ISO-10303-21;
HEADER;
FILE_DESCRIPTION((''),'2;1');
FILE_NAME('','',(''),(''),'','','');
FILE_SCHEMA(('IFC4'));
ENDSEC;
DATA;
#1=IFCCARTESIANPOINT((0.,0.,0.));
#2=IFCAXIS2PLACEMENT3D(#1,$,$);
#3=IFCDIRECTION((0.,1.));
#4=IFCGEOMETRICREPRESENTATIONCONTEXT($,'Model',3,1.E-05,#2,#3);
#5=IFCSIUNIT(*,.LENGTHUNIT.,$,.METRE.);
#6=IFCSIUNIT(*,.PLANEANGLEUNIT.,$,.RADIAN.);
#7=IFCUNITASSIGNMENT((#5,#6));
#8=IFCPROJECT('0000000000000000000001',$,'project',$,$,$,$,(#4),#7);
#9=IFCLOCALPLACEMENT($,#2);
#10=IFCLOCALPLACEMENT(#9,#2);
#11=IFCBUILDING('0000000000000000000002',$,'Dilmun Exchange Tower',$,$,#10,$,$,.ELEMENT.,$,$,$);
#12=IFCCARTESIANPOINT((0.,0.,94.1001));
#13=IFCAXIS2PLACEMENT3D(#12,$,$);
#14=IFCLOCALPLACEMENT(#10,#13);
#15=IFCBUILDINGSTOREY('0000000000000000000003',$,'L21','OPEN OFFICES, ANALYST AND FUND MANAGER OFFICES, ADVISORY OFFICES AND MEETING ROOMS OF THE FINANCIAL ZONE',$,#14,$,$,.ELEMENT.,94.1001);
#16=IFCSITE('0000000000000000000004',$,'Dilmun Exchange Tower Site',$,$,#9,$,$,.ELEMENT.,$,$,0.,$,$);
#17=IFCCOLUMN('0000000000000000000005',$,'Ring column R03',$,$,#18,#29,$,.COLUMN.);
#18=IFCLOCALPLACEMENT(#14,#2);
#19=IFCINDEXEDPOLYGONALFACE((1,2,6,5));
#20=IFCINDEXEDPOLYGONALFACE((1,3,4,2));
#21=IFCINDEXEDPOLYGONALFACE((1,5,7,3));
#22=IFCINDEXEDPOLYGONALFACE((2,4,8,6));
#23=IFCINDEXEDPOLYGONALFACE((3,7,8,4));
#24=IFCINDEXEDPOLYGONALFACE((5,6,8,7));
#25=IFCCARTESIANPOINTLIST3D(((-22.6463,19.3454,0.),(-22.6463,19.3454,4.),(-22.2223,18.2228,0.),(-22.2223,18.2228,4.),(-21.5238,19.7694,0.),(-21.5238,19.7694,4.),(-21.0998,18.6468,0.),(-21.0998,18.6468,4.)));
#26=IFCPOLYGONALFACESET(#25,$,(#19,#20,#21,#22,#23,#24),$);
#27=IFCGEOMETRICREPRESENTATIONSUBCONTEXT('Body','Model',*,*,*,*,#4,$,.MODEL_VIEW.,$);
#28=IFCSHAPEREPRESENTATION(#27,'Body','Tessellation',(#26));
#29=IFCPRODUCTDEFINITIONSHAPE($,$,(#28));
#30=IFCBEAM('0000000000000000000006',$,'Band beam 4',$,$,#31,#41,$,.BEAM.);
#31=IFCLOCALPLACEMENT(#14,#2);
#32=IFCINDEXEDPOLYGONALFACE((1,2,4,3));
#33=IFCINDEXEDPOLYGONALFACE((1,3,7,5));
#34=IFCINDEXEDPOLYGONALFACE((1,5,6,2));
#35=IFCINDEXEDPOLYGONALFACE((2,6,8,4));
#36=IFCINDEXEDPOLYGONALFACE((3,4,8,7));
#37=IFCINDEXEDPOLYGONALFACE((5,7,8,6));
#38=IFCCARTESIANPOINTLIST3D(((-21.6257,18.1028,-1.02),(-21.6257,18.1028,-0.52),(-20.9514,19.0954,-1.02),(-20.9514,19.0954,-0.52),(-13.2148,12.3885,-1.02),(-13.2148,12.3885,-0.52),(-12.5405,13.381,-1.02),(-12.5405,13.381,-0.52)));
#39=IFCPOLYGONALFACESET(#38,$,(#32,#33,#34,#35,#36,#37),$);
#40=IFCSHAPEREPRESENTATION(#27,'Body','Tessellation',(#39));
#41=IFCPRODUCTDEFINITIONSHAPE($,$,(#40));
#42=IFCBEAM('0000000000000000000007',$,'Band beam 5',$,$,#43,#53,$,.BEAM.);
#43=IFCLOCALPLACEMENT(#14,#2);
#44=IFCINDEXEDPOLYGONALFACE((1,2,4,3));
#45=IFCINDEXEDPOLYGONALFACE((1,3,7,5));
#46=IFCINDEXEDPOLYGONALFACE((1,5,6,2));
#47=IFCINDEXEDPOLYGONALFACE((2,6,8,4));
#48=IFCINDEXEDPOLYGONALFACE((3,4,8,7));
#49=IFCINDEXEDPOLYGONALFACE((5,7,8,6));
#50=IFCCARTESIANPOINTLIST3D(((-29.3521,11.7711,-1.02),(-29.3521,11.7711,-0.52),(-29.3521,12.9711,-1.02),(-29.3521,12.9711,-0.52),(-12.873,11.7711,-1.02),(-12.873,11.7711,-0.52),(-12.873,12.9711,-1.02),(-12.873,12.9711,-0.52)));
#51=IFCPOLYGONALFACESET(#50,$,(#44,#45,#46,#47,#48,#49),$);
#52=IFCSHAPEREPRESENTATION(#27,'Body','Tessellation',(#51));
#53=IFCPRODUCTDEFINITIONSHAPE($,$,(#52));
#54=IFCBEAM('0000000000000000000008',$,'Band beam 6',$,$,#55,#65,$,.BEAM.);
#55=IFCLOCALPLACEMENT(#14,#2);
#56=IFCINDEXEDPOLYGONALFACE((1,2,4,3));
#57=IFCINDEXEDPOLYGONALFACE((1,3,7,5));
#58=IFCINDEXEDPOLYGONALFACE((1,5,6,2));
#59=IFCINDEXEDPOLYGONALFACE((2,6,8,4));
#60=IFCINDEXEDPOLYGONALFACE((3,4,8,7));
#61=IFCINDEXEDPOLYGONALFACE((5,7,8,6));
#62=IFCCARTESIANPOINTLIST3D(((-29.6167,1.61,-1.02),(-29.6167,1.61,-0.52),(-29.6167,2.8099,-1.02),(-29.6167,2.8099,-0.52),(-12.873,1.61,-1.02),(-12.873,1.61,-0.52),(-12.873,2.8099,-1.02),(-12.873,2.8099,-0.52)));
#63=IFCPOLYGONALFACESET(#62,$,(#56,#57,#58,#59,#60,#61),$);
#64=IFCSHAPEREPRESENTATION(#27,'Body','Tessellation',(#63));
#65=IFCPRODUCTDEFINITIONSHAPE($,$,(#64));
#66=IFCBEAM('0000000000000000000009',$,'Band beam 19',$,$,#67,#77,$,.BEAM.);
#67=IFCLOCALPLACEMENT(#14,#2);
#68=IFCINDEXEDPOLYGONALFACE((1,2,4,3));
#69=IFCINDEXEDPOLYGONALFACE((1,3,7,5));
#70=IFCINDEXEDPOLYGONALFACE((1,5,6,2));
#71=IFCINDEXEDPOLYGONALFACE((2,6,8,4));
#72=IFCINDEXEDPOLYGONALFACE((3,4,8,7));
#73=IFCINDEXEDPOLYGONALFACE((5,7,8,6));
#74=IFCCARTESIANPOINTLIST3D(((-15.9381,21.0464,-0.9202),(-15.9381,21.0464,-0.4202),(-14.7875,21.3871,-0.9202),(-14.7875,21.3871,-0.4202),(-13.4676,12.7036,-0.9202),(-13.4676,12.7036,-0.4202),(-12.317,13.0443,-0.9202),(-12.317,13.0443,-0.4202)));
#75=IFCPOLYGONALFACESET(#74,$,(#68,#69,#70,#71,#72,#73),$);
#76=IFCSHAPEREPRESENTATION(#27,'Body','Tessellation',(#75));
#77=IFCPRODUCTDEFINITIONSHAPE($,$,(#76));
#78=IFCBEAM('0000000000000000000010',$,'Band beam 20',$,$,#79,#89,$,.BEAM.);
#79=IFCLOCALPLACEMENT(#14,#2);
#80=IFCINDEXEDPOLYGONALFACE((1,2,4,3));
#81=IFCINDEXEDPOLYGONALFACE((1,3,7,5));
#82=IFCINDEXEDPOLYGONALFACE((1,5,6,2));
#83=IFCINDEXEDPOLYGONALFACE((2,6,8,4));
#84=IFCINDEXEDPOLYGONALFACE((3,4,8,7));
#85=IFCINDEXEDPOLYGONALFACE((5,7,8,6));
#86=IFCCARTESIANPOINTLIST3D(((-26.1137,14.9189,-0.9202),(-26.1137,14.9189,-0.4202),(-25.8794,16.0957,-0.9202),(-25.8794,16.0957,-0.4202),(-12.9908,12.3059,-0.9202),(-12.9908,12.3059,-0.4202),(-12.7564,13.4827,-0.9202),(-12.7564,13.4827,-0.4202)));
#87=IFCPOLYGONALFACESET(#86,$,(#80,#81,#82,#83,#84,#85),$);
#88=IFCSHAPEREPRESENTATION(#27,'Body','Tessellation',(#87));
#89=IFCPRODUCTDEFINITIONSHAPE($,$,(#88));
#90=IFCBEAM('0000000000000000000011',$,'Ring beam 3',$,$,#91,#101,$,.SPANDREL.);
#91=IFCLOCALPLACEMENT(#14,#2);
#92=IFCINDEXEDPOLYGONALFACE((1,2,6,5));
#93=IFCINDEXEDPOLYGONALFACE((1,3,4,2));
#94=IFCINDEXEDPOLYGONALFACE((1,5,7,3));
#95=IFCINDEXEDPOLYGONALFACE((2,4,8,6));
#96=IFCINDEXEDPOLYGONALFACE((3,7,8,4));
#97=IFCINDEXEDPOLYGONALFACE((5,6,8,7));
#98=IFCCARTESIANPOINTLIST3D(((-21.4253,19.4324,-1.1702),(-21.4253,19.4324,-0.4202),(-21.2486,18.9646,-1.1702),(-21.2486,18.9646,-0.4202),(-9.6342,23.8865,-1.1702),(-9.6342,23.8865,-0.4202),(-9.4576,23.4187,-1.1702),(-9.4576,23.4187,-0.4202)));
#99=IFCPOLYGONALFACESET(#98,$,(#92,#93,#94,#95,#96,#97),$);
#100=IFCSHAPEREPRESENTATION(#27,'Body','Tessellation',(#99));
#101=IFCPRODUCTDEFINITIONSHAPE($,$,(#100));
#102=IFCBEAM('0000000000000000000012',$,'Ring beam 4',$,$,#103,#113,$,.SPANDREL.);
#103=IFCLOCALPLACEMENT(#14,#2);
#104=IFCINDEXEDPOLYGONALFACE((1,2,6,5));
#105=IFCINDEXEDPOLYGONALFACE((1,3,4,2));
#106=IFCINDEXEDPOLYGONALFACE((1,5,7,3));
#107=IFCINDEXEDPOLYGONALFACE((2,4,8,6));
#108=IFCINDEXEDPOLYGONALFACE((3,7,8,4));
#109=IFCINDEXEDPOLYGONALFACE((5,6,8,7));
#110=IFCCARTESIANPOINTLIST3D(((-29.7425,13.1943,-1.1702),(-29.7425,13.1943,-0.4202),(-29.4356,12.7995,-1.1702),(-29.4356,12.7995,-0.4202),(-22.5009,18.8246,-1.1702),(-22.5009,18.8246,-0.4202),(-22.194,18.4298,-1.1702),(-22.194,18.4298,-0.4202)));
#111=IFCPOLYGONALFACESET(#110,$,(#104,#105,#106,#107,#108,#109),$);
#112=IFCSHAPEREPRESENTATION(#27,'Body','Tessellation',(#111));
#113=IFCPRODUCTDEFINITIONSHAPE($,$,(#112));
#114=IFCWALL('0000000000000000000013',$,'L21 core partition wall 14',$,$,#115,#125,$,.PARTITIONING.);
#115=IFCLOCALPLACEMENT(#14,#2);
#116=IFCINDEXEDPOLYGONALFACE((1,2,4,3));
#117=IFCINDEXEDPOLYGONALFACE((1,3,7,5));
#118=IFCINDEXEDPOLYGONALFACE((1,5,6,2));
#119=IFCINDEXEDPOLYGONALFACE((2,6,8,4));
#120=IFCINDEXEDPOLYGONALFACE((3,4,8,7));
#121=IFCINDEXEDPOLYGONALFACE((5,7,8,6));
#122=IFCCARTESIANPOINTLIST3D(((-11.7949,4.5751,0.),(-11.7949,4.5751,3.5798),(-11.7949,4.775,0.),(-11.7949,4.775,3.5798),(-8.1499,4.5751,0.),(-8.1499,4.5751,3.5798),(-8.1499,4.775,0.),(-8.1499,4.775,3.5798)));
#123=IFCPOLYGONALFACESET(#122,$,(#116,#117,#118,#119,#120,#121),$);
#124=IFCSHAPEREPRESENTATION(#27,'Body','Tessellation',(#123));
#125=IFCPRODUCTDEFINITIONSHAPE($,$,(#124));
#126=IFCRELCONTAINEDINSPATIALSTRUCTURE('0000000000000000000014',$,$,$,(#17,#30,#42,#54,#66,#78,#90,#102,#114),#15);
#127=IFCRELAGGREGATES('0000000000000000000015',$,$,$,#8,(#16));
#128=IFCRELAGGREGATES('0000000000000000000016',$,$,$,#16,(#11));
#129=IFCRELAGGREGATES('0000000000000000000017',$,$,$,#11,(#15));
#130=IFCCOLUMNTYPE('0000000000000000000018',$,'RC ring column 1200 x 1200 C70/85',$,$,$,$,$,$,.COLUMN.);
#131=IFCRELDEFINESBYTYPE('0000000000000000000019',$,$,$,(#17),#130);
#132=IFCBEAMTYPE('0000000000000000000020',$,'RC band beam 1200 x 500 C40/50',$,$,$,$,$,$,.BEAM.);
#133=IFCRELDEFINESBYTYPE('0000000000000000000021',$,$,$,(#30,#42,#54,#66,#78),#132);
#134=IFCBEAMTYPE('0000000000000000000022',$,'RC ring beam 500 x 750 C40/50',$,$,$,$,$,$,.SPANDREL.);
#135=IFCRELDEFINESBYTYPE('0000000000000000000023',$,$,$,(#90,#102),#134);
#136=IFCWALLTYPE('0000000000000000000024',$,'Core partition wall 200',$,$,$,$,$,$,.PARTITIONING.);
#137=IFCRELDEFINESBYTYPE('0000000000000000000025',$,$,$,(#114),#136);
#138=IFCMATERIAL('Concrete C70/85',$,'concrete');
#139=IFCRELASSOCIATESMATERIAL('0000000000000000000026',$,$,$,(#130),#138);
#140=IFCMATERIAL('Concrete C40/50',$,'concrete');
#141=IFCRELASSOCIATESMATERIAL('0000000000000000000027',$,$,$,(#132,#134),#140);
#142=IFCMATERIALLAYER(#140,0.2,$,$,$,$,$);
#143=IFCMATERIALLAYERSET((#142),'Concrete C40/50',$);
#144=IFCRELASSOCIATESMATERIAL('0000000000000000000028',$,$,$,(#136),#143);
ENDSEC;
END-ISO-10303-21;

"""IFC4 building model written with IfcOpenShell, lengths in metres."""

from ifc_helpers import new_model, si_unit, direction, frame, frame_2d, origin, origin_2d, place, context, subcontext, project, spatial, rectangle, extrude, material, layer, layer_set, material_profile, profile_set, type_object, element, save


model = new_model("IFC4")

# Units and contexts
model_context = context("Model", 3, precision=1e-05, world=origin(), true_north=direction((0.0, 1.0)))
body_context = subcontext(model_context, "Body", "Model", "MODEL_VIEW")
ifc_project = project(units=[si_unit("LENGTHUNIT", "METRE"), si_unit("PLANEANGLEUNIT", "RADIAN")], contexts=[model_context])

# Site, building, storey
site_placement = place(None, origin())
site = spatial("IfcSite", under=ifc_project, at=site_placement, Name="Dilmun Exchange Tower Site", CompositionType="ELEMENT", RefElevation=0.0)
building_placement = place(site_placement, origin())
building = spatial("IfcBuilding", under=site, at=building_placement, Name="Dilmun Exchange Tower", CompositionType="ELEMENT")
storey_placement = place(building_placement, frame((0.0, 0.0, 94.1001)))
storey = spatial("IfcBuildingStorey", under=building, at=storey_placement, Name="L21", Description="OPEN OFFICES, ANALYST AND FUND MANAGER OFFICES, ADVISORY OFFICES AND MEETING ROOMS OF THE FINANCIAL ZONE", CompositionType="ELEMENT", Elevation=94.1001)

# Column
ifc_material_1 = material(Name="Concrete C70/85", Category="concrete")
ifc_material_profile_1 = material_profile(ifc_material_1, rectangle(XDim=1.2, YDim=1.2, at=origin_2d()), Name="1200 x 1200")
ifc_profile_set_1 = profile_set([ifc_material_profile_1], Name="Concrete C70/85")
column_type = type_object("IfcColumnType", Name="RC ring column 1200 x 1200 C70/85", PredefinedType="COLUMN", material=ifc_profile_set_1)
column_placement = place(storey_placement, frame((-21.873, 18.9961, 0.0), z_axis=(0.0, 0.0, 1.0), x_axis=(0.935492, 0.353349, 0.0)))
element("IfcColumn", 1, at=column_placement, inside=storey, type_object=column_type, Name="Ring column R03", PredefinedType="COLUMN", context=body_context, shape_type="SweptSolid", body=[
    extrude(rectangle(XDim=1.2, YDim=1.2, at=origin_2d()), origin(), (0.0, 0.0, 1.0), 4.0),
])

# Beams
ifc_material_2 = material(Name="Concrete C40/50", Category="concrete")
ifc_material_profile_2 = material_profile(ifc_material_2, rectangle(XDim=1.2, YDim=0.5, at=origin_2d()), Name="1200 x 500")
ifc_profile_set_2 = profile_set([ifc_material_profile_2], Name="Concrete C40/50")
beam_type_1 = type_object("IfcBeamType", Name="RC band beam 1200 x 500 C40/50", PredefinedType="BEAM", material=ifc_profile_set_2)
beam_1_placement = place(storey_placement, frame((-21.2886, 18.5991, -0.77), z_axis=(0.827157, -0.56197, 0.0), x_axis=(0.56197, 0.827157, 0.0)))
element("IfcBeam", 2, at=beam_1_placement, inside=storey, type_object=beam_type_1, Name="Band beam 4", PredefinedType="BEAM", context=body_context, shape_type="SweptSolid", body=[
    extrude(rectangle(XDim=1.2, YDim=0.5, at=origin_2d()), origin(), (0.0, 0.0, 1.0), 10.1685),
])
beam_2_placement = place(storey_placement, frame((-29.3521, 12.3711, -0.77), z_axis=(1.0, 0.0, 0.0), x_axis=(0.0, 1.0, 0.0)))
element("IfcBeam", 3, at=beam_2_placement, inside=storey, type_object=beam_type_1, Name="Band beam 5", PredefinedType="BEAM", context=body_context, shape_type="SweptSolid", body=[
    extrude(rectangle(XDim=1.2, YDim=0.5, at=origin_2d()), origin(), (0.0, 0.0, 1.0), 16.479),
])
beam_3_placement = place(storey_placement, frame((-29.6167, 2.21, -0.77), z_axis=(1.0, 0.0, 0.0), x_axis=(0.0, 1.0, 0.0)))
element("IfcBeam", 4, at=beam_3_placement, inside=storey, type_object=beam_type_1, Name="Band beam 6", PredefinedType="BEAM", context=body_context, shape_type="SweptSolid", body=[
    extrude(rectangle(XDim=1.2, YDim=0.5, at=origin_2d()), origin(), (0.0, 0.0, 1.0), 16.7437),
])
beam_4_placement = place(storey_placement, frame((-15.3628, 21.2168, -0.6702), z_axis=(0.283933, -0.958844, 0.0), x_axis=(0.958844, 0.283933, 0.0)))
element("IfcBeam", 5, at=beam_4_placement, inside=storey, type_object=beam_type_1, Name="Band beam 19", PredefinedType="BEAM", context=body_context, shape_type="SweptSolid", body=[
    extrude(rectangle(XDim=1.2, YDim=0.5, at=origin_2d()), origin(), (0.0, 0.0, 1.0), 8.7009),
])
beam_5_placement = place(storey_placement, frame((-25.9966, 15.5073, -0.6702), z_axis=(0.980747, -0.195284, 0.0), x_axis=(0.195284, 0.980747, 0.0)))
element("IfcBeam", 6, at=beam_5_placement, inside=storey, type_object=beam_type_1, Name="Band beam 20", PredefinedType="BEAM", context=body_context, shape_type="SweptSolid", body=[
    extrude(rectangle(XDim=1.2, YDim=0.5, at=origin_2d()), origin(), (0.0, 0.0, 1.0), 13.3806),
])
ifc_material_profile_3 = material_profile(ifc_material_2, rectangle(XDim=0.5, YDim=0.75, at=origin_2d()), Name="500 x 750")
ifc_profile_set_3 = profile_set([ifc_material_profile_3], Name="Concrete C40/50")
beam_type_2 = type_object("IfcBeamType", Name="RC ring beam 500 x 750 C40/50", PredefinedType="SPANDREL", material=ifc_profile_set_3)
beam_6_placement = place(storey_placement, frame((-9.5459, 23.6526, -0.7952), z_axis=(-0.935479, -0.353381, 0.0), x_axis=(0.353381, -0.935479, 0.0)))
element("IfcBeam", 7, at=beam_6_placement, inside=storey, type_object=beam_type_2, Name="Ring beam 3", PredefinedType="SPANDREL", context=body_context, shape_type="SweptSolid", body=[
    extrude(rectangle(XDim=0.5, YDim=0.75, at=origin_2d()), origin(), (0.0, 0.0, 1.0), 12.6042),
])
beam_7_placement = place(storey_placement, frame((-22.3474, 18.6272, -0.7952), z_axis=(-0.789461, -0.613801, 0.0), x_axis=(0.613801, -0.789461, 0.0)))
element("IfcBeam", 8, at=beam_7_placement, inside=storey, type_object=beam_type_2, Name="Ring beam 4", PredefinedType="SPANDREL", context=body_context, shape_type="SweptSolid", body=[
    extrude(rectangle(XDim=0.5, YDim=0.75, at=origin_2d()), origin(), (0.0, 0.0, 1.0), 9.1729),
])

# Wall
ifc_layer_1 = layer(ifc_material_2, 0.2)
ifc_layer_set_1 = layer_set([ifc_layer_1], Name="Concrete C40/50")
wall_type_1 = type_object("IfcWallType", Name="Core partition wall 200", PredefinedType="PARTITIONING", material=ifc_layer_set_1)
wall_1_placement = place(storey_placement, frame((-11.7949, 4.675, 0.0), z_axis=(0.0, 0.0, 1.0), x_axis=(1.0, 0.0, 0.0)))
element("IfcWall", 9, at=wall_1_placement, inside=storey, type_object=wall_type_1, Name="L21 core partition wall 14", PredefinedType="PARTITIONING", context=body_context, shape_type="SweptSolid", body=[
    extrude(rectangle(XDim=3.645, YDim=0.2, at=frame_2d((1.8225, 0.0))), origin(), (0.0, 0.0, 1.0), 3.5798),
])

save(model, "model.ifc")
